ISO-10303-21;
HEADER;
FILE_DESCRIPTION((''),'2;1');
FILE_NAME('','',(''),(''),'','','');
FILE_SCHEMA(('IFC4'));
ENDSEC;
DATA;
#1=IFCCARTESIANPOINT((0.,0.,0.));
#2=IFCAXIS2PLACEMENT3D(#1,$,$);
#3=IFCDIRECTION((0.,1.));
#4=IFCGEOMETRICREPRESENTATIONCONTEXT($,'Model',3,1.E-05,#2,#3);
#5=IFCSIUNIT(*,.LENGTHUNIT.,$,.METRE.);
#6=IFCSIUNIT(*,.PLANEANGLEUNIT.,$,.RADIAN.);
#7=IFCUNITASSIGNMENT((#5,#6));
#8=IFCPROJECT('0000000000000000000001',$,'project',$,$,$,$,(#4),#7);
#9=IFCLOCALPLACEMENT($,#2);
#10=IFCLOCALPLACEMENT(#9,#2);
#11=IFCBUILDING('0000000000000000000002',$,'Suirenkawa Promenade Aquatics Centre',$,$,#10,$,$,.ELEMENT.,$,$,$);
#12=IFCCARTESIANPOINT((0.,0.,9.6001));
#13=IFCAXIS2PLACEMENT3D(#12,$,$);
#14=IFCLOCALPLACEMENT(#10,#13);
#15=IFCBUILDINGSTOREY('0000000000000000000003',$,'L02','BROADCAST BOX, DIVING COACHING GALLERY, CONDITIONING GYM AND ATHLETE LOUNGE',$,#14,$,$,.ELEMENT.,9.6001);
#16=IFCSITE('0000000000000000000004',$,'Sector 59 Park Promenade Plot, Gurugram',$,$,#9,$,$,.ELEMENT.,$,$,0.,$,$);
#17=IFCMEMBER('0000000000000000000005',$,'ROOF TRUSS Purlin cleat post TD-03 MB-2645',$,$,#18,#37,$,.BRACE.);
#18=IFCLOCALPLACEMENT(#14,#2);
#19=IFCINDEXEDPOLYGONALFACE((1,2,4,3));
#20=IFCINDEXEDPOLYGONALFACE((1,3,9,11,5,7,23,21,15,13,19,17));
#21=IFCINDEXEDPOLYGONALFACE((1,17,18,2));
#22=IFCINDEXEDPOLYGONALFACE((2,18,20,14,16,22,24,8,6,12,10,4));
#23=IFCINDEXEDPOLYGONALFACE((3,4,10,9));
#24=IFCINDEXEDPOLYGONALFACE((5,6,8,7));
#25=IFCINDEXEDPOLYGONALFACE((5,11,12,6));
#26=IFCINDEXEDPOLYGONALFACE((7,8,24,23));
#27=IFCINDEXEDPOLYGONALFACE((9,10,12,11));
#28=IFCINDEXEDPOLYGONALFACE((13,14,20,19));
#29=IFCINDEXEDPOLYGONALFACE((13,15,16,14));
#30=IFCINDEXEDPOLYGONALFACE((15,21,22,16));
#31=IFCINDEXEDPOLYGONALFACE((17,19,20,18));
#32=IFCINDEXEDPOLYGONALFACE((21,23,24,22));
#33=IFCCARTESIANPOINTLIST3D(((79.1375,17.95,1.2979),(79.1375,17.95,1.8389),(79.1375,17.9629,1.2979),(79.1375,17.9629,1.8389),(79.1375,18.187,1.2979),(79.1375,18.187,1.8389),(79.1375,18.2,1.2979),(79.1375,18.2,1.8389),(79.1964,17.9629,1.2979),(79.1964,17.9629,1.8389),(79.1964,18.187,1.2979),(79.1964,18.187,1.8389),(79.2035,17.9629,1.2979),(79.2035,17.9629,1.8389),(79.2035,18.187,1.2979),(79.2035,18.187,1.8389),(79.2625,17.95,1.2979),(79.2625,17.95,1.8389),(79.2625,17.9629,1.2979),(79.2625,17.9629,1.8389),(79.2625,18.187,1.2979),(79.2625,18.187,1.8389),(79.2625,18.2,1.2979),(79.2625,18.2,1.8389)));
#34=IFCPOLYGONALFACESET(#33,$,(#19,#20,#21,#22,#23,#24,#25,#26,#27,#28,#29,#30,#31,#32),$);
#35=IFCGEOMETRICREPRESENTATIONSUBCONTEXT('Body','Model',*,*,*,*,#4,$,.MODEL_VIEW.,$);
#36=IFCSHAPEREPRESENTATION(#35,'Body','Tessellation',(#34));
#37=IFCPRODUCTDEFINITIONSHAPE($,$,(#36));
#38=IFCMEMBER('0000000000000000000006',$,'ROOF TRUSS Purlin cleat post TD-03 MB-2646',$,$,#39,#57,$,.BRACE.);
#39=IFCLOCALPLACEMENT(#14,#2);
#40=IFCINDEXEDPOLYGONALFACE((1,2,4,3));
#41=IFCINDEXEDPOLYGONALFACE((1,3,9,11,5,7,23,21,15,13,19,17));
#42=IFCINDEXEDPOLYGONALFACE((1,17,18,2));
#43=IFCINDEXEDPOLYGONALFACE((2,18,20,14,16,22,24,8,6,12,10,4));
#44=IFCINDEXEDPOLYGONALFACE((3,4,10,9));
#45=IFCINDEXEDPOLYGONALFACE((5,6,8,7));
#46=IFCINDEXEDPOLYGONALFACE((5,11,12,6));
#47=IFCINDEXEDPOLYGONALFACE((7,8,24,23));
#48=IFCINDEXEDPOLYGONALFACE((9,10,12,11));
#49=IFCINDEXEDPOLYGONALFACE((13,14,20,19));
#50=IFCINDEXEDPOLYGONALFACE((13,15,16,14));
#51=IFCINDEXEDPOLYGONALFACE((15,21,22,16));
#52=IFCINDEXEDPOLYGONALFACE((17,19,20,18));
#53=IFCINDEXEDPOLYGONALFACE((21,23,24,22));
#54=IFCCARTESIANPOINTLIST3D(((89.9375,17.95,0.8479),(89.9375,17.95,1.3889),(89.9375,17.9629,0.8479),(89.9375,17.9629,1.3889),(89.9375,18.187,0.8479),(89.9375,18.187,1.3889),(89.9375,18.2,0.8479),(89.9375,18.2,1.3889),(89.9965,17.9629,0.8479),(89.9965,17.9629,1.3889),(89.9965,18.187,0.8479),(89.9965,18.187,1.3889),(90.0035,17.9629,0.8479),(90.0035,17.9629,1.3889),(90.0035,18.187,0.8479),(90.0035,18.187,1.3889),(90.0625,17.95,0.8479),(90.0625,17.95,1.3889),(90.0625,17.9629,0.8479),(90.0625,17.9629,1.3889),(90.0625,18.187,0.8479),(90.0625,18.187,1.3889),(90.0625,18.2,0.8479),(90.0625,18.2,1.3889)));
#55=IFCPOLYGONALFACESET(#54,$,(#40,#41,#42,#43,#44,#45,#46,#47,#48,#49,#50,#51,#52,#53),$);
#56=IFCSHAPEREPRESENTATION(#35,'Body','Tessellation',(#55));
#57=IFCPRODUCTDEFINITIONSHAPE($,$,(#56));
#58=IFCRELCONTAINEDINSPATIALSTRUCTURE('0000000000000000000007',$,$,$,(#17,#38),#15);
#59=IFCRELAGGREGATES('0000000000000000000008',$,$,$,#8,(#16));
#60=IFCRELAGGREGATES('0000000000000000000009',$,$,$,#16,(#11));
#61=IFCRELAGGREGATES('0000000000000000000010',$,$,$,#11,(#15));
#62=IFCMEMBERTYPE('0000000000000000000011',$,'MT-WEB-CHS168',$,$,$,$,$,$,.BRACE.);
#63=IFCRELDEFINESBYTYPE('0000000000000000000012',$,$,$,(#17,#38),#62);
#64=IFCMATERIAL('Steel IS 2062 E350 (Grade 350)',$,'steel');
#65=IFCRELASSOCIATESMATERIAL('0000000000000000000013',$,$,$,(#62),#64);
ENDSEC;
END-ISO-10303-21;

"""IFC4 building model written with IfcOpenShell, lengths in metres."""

from ifc_helpers import new_model, si_unit, direction, frame, origin, origin_2d, place, context, subcontext, project, spatial, i_section, extrude, material, material_profile, profile_set, type_object, element, save


model = new_model("IFC4")

# Units and contexts
model_context = context("Model", 3, precision=1e-05, world=origin(), true_north=direction((0.0, 1.0)))
body_context = subcontext(model_context, "Body", "Model", "MODEL_VIEW")
ifc_project = project(units=[si_unit("LENGTHUNIT", "METRE"), si_unit("PLANEANGLEUNIT", "RADIAN")], contexts=[model_context])

# Site, building, storey
site_placement = place(None, origin())
site = spatial("IfcSite", under=ifc_project, at=site_placement, Name="Sector 59 Park Promenade Plot, Gurugram", CompositionType="ELEMENT", RefElevation=0.0)
building_placement = place(site_placement, origin())
building = spatial("IfcBuilding", under=site, at=building_placement, Name="Suirenkawa Promenade Aquatics Centre", CompositionType="ELEMENT")
storey_placement = place(building_placement, frame((0.0, 0.0, 9.6001)))
storey = spatial("IfcBuildingStorey", under=building, at=storey_placement, Name="L02", Description="BROADCAST BOX, DIVING COACHING GALLERY, CONDITIONING GYM AND ATHLETE LOUNGE", CompositionType="ELEMENT", Elevation=9.6001)

# Shared definitions
ifc_material = material(Name="Steel IS 2062 E350 (Grade 350)", Category="steel")

# Members
ifc_material_profile_1 = material_profile(ifc_material, i_section(OverallWidth=0.125, OverallDepth=0.25, WebThickness=0.0071, FlangeThickness=0.0129, at=origin_2d()), Name="ISMB 250", Category="steel")
ifc_profile_set_1 = profile_set([ifc_material_profile_1], Name="Steel IS 2062 E350 (Grade 350)")
member_type_1 = type_object("IfcMemberType", Name="MT-WEB-CHS168", PredefinedType="BRACE", material=ifc_profile_set_1)
for number, where, z_axis, x_axis, name in (
    (1, (79.2, 18.075, 1.2979), (0.0, 0.0, 1.0), (1.0, 0.0, 0.0), "ROOF TRUSS Purlin cleat post TD-03 MB-2645"),
    (2, (90.0, 18.075, 0.8479), (0.0, 0.0, 1.0), (1.0, 0.0, 0.0), "ROOF TRUSS Purlin cleat post TD-03 MB-2646"),
):
    element("IfcMember", number, at=place(storey_placement, frame(where, z_axis=z_axis, x_axis=x_axis)), inside=storey, type_object=member_type_1, Name=name, PredefinedType="BRACE", context=body_context, shape_type="SweptSolid", body=[
        extrude(i_section(OverallWidth=0.125, OverallDepth=0.25, WebThickness=0.0071, FlangeThickness=0.0129, at=origin_2d()), origin(), (0.0, 0.0, 1.0), 0.541),
    ])

save(model, "model.ifc")
